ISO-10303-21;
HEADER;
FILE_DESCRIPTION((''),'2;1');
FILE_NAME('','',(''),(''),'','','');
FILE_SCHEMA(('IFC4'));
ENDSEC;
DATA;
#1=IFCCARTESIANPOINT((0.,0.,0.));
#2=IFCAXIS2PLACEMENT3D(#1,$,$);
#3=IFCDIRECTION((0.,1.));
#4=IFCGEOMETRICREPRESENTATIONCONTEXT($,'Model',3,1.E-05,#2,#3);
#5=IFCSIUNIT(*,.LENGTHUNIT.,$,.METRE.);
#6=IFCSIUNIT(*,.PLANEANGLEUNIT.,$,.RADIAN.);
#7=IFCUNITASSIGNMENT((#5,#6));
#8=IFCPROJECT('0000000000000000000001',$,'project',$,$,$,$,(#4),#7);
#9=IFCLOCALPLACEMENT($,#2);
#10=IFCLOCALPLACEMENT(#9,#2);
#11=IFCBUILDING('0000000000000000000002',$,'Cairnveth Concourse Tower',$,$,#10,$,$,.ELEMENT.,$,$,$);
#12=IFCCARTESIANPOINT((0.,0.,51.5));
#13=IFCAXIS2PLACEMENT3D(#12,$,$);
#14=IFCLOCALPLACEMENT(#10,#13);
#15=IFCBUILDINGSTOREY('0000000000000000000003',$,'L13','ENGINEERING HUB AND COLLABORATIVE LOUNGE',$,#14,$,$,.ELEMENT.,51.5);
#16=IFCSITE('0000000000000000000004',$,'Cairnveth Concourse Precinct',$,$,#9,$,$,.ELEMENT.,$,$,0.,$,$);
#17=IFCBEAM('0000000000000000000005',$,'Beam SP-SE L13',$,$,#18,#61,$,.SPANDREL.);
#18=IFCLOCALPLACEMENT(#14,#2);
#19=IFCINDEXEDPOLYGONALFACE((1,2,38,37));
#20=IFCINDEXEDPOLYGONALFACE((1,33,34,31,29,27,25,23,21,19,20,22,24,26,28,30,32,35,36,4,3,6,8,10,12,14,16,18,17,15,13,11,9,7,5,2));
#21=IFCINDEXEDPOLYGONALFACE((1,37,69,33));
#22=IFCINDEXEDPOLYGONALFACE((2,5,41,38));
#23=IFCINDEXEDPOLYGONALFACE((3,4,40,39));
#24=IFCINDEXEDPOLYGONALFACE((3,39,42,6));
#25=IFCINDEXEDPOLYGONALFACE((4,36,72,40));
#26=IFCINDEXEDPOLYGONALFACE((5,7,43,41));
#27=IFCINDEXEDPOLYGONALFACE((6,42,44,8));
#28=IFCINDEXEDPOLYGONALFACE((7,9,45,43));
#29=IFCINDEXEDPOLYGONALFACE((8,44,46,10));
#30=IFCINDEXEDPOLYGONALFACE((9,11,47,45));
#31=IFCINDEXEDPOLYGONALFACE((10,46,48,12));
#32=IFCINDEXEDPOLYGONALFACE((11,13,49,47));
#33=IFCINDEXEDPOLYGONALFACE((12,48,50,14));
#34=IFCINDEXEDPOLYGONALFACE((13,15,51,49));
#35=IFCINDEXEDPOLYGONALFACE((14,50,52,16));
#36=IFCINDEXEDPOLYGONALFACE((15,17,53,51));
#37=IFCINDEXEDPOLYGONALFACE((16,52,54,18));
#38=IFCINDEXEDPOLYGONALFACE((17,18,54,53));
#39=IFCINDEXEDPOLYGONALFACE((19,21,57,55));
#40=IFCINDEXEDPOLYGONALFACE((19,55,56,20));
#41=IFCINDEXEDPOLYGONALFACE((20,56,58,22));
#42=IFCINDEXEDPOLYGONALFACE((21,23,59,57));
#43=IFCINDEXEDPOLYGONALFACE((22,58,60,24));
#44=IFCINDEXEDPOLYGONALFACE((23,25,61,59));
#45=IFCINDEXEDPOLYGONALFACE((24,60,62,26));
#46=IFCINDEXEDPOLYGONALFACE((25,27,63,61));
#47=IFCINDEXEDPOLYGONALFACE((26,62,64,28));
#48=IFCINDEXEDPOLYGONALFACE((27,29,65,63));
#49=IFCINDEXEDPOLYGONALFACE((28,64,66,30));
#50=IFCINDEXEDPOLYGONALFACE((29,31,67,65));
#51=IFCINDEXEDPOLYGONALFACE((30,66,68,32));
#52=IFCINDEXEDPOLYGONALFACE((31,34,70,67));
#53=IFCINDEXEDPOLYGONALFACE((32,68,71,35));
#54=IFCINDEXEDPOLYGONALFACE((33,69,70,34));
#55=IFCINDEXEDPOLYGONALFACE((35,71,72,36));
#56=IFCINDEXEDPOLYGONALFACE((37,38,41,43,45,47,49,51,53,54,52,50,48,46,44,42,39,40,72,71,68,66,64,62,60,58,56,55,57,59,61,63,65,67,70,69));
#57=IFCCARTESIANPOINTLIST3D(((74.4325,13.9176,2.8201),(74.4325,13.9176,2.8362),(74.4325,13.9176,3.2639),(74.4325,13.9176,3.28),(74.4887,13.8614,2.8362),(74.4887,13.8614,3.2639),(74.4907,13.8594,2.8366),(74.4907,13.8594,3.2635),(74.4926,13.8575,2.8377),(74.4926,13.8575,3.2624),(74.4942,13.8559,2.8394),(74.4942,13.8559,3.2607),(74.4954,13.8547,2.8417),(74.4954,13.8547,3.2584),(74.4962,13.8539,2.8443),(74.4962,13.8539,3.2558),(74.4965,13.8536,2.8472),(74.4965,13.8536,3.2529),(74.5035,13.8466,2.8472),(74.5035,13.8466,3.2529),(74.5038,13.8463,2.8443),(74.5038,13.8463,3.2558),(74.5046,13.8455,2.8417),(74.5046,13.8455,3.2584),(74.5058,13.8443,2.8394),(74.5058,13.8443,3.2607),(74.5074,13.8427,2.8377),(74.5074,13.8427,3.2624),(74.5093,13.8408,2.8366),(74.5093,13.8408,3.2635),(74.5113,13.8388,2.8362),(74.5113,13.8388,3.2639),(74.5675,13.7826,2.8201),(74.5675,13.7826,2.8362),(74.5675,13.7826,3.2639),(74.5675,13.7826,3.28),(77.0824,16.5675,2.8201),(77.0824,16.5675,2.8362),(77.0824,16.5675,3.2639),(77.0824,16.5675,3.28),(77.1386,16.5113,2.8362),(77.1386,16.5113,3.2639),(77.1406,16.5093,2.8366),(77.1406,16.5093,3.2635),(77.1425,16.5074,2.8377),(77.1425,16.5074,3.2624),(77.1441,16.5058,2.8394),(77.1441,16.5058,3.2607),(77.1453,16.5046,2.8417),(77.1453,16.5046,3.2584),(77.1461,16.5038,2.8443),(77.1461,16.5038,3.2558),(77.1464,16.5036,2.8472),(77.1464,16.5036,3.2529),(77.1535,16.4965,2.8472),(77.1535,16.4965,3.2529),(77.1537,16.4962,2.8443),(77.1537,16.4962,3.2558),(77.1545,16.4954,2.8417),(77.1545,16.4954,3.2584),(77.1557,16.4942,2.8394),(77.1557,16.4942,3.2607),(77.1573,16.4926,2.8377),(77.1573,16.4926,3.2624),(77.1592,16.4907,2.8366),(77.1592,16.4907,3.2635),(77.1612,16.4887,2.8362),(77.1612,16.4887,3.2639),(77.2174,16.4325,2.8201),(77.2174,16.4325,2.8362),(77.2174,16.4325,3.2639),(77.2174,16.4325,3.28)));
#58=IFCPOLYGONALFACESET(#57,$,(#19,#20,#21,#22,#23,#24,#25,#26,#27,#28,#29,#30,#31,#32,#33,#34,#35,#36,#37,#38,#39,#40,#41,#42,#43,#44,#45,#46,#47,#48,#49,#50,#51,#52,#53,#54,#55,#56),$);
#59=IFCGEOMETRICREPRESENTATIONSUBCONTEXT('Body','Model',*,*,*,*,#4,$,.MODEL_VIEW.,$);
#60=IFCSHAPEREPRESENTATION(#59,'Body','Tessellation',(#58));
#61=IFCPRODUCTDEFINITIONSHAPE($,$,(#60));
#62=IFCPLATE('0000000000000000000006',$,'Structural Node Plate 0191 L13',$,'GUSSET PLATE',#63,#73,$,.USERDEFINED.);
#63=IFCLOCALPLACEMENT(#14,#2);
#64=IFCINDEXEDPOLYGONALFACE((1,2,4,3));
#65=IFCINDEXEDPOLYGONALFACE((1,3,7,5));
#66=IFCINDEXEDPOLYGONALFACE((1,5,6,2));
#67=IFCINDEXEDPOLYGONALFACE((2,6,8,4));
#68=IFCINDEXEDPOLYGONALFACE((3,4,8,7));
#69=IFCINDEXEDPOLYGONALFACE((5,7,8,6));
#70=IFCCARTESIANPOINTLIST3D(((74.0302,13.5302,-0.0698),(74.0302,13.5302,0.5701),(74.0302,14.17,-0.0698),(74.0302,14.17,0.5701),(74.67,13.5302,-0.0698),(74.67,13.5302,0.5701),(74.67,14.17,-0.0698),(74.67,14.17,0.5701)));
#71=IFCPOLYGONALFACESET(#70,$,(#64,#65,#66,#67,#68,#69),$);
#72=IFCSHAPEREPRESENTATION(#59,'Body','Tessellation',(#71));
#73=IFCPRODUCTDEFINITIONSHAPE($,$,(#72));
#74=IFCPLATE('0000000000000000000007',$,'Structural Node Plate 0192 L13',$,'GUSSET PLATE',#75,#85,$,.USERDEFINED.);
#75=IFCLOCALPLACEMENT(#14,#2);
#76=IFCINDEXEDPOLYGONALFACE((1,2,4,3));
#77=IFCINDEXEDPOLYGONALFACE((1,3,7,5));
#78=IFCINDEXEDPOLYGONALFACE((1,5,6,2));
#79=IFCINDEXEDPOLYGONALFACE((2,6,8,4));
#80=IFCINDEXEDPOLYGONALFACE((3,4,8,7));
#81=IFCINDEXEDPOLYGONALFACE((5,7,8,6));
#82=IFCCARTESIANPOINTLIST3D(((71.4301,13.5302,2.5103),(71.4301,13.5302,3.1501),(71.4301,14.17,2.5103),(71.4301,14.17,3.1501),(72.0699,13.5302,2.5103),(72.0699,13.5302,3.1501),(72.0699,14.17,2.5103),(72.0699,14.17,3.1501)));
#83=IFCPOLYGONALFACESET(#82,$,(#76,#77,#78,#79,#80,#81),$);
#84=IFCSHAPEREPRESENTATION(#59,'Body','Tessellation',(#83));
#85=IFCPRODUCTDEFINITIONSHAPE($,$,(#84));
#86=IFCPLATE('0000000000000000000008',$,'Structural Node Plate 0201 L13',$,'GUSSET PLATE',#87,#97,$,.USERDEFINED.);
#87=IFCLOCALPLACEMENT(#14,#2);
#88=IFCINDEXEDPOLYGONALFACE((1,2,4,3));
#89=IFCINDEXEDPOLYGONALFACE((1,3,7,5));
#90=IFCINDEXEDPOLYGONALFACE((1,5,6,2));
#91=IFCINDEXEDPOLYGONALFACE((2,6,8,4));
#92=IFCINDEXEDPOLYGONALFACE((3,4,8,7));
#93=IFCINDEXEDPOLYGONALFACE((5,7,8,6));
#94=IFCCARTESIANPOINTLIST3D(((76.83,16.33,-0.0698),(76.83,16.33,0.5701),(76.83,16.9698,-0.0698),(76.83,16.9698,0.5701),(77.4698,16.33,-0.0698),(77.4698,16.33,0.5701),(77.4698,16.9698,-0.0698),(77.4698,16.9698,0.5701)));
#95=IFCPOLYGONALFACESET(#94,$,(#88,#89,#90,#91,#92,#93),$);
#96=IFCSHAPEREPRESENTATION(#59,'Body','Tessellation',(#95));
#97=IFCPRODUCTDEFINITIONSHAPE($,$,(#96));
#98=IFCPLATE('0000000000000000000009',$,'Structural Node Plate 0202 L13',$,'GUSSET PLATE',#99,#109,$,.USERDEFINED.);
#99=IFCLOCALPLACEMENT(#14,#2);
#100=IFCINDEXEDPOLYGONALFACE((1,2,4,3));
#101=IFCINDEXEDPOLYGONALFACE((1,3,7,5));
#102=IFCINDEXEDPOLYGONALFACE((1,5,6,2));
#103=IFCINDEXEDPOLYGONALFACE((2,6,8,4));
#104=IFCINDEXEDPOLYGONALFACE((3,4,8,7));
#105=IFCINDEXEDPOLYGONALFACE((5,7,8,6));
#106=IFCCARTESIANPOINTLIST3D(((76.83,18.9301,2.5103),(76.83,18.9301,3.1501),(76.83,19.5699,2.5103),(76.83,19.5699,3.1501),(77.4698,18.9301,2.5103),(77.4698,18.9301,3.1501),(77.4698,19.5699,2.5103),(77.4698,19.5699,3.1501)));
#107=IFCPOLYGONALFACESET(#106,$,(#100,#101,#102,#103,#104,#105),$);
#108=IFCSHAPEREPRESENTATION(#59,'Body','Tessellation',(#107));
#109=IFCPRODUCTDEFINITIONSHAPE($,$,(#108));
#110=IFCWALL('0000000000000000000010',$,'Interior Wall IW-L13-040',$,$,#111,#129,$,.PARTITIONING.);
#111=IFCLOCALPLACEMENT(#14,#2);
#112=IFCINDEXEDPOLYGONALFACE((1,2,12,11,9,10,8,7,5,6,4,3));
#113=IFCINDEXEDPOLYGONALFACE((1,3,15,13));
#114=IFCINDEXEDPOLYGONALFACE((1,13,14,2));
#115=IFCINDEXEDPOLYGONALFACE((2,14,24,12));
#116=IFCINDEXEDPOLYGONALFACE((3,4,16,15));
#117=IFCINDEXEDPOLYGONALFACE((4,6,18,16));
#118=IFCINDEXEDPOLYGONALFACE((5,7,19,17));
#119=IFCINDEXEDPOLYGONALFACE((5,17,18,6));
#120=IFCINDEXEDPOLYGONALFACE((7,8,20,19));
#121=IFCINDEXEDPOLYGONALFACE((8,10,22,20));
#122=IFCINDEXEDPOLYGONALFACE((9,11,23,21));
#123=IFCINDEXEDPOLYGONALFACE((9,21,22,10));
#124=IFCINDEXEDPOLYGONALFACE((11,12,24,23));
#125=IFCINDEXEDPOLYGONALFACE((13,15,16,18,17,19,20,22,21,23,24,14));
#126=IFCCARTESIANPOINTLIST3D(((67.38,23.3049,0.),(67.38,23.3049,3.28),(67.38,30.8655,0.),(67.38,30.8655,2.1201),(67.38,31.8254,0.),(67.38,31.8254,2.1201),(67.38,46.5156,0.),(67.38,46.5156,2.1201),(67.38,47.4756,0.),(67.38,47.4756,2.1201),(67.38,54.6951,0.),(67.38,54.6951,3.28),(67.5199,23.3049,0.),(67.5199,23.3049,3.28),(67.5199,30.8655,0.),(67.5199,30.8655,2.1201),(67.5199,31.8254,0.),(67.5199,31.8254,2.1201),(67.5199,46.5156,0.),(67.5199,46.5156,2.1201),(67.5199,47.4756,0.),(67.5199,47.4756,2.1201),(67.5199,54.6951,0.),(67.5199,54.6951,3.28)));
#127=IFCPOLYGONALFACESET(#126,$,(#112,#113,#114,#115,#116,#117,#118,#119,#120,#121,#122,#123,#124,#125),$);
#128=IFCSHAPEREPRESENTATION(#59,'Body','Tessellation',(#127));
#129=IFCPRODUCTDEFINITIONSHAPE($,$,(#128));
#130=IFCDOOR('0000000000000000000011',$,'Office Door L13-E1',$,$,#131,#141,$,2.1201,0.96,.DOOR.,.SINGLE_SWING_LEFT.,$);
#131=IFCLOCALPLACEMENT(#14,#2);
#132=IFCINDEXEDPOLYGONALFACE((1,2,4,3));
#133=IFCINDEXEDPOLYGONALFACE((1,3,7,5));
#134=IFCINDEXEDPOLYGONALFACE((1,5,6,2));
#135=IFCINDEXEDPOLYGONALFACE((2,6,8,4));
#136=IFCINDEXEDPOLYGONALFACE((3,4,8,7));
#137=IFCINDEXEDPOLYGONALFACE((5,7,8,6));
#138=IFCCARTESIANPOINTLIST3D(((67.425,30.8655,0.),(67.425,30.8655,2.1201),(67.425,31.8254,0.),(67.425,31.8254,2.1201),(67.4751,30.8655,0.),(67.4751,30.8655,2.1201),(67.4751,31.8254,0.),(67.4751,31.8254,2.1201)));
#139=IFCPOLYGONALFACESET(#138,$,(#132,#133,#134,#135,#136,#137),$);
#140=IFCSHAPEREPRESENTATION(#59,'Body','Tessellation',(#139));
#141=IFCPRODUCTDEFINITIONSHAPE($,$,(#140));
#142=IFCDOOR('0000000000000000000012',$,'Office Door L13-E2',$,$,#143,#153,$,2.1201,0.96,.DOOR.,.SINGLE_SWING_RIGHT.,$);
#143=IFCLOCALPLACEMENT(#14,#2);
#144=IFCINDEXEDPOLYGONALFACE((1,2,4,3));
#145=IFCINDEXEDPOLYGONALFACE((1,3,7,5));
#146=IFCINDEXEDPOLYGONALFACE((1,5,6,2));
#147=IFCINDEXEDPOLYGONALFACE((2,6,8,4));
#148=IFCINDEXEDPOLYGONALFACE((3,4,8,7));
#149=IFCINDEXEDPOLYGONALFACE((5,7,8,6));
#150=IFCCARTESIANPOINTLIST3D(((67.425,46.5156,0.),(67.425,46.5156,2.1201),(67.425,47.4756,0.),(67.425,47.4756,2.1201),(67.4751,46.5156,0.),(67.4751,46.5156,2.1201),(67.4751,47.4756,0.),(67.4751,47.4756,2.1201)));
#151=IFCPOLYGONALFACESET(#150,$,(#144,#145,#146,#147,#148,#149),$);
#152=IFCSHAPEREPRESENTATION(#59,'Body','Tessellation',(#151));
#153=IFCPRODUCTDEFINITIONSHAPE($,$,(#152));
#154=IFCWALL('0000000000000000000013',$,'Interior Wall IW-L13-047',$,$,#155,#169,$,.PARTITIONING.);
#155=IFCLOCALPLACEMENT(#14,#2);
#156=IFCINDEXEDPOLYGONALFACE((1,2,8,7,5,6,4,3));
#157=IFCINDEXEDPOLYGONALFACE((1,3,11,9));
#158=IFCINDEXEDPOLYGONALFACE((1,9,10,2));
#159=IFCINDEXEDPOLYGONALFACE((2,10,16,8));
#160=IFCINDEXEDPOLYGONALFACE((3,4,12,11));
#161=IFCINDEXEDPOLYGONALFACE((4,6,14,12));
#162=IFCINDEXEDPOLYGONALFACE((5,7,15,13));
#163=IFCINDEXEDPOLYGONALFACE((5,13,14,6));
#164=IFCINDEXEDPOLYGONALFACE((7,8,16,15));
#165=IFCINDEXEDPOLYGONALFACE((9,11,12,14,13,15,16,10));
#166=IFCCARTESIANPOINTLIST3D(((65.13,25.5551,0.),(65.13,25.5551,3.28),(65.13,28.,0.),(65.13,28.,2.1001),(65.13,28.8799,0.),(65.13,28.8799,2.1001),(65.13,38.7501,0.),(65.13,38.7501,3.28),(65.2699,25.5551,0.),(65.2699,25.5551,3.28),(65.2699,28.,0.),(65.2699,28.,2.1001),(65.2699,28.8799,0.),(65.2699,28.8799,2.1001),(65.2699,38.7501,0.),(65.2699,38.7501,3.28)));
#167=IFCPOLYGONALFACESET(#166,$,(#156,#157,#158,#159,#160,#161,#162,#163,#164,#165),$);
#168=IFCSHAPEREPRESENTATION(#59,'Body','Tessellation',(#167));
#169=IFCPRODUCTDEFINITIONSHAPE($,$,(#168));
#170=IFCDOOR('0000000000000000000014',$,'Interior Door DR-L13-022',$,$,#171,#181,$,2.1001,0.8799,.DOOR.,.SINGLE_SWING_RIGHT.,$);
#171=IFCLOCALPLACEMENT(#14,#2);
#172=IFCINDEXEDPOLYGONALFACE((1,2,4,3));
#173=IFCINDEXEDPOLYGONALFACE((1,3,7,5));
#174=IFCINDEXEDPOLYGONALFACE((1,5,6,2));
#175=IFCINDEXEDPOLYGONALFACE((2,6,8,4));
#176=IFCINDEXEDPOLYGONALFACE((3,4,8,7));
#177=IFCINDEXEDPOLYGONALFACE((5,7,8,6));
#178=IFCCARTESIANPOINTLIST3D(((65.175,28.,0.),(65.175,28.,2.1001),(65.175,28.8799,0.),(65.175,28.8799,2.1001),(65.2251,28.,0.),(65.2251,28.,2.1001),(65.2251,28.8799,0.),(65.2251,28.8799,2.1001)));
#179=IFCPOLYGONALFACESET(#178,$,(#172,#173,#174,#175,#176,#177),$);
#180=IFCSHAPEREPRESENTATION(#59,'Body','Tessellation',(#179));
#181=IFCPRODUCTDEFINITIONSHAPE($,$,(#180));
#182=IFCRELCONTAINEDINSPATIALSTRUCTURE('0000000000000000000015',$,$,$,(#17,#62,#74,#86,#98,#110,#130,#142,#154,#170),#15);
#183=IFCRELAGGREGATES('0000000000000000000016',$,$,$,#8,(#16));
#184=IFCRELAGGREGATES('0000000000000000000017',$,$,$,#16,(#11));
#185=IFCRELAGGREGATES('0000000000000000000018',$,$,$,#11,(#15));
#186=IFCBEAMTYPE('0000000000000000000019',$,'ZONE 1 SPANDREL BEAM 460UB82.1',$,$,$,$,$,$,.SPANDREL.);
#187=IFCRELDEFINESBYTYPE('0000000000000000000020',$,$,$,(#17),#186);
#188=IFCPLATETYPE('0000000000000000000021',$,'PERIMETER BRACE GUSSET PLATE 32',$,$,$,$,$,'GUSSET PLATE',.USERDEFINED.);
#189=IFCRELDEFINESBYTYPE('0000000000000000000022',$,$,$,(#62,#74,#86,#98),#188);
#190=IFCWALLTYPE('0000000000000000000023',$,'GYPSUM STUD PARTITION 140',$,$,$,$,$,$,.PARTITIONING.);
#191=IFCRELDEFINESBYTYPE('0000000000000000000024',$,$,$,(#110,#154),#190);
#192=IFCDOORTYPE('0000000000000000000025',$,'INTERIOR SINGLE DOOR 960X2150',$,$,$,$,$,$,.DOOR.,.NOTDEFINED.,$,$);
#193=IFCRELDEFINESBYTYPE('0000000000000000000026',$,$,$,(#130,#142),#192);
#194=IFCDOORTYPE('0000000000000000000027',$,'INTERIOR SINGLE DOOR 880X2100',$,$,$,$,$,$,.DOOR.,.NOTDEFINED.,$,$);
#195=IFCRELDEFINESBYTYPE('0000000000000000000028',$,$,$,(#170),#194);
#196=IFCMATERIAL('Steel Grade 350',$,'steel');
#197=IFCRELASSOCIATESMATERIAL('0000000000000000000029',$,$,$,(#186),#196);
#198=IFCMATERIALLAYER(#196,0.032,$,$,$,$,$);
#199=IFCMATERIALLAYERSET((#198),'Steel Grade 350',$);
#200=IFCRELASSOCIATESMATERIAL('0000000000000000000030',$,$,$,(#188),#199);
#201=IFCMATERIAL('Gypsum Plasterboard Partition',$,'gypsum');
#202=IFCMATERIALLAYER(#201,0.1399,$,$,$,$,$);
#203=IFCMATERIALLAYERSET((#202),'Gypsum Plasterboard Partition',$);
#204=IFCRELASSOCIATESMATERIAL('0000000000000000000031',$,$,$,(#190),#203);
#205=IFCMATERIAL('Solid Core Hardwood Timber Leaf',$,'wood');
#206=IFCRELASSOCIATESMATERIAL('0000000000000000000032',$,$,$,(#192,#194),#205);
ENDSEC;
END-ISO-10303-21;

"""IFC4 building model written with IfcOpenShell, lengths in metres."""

from ifc_helpers import new_model, si_unit, direction, frame, frame_2d, origin, origin_2d, place, context, subcontext, project, spatial, rectangle, i_section, extrude, material, layer, layer_set, material_profile, profile_set, type_object, element, fill, save


model = new_model("IFC4")

# Units and contexts
model_context = context("Model", 3, precision=1e-05, world=origin(), true_north=direction((0.0, 1.0)))
body_context = subcontext(model_context, "Body", "Model", "MODEL_VIEW")
ifc_project = project(units=[si_unit("LENGTHUNIT", "METRE"), si_unit("PLANEANGLEUNIT", "RADIAN")], contexts=[model_context])

# Site, building, storey
site_placement = place(None, origin())
site = spatial("IfcSite", under=ifc_project, at=site_placement, Name="Cairnveth Concourse Precinct", CompositionType="ELEMENT", RefElevation=0.0)
building_placement = place(site_placement, origin())
building = spatial("IfcBuilding", under=site, at=building_placement, Name="Cairnveth Concourse Tower", CompositionType="ELEMENT")
storey_placement = place(building_placement, frame((0.0, 0.0, 51.5)))
storey = spatial("IfcBuildingStorey", under=building, at=storey_placement, Name="L13", Description="ENGINEERING HUB AND COLLABORATIVE LOUNGE", CompositionType="ELEMENT", Elevation=51.5)

# Shared definitions
ifc_material_1 = material(Name="Steel Grade 350", Category="steel")

# Beam
ifc_material_profile_1 = material_profile(ifc_material_1, i_section(OverallWidth=0.1909, OverallDepth=0.46, WebThickness=0.01, FlangeThickness=0.0161, FilletRadius=0.011, at=origin_2d()), Name="460UB82.1")
ifc_profile_set_1 = profile_set([ifc_material_profile_1], Name="Steel Grade 350")
beam_type_1 = type_object("IfcBeamType", Name="ZONE 1 SPANDREL BEAM 460UB82.1", PredefinedType="SPANDREL", material=ifc_profile_set_1)
beam_1_placement = place(storey_placement, frame((74.5, 13.8501, 3.05), z_axis=(0.707107, 0.707107, 0.0), x_axis=(-0.707107, 0.707107, 0.0)))
element("IfcBeam", 1, at=beam_1_placement, inside=storey, type_object=beam_type_1, Name="Beam SP-SE L13", PredefinedType="SPANDREL", context=body_context, shape_type="SweptSolid", body=[
    extrude(i_section(OverallWidth=0.1909, OverallDepth=0.46, WebThickness=0.01, FlangeThickness=0.0161, FilletRadius=0.011, at=origin_2d()), origin(), (0.0, 0.0, 1.0), 3.7476),
])

# Plates
ifc_layer_1 = layer(ifc_material_1, 0.032)
ifc_layer_set_1 = layer_set([ifc_layer_1], Name="Steel Grade 350")
plate_type = type_object("IfcPlateType", Name="PERIMETER BRACE GUSSET PLATE 32", ElementType="GUSSET PLATE", PredefinedType="USERDEFINED", material=ifc_layer_set_1)
for number, where, z_axis, x_axis, name in (
    (2, (74.3501, 13.8501, -0.0698), (0.0, 0.0, 1.0), (1.0, 0.0, 0.0), "Structural Node Plate 0191 L13"),
    (3, (71.75, 13.8501, 2.5103), (0.0, 0.0, 1.0), (1.0, 0.0, 0.0), "Structural Node Plate 0192 L13"),
    (4, (77.1499, 16.6499, -0.0698), (0.0, 0.0, 1.0), (1.0, 0.0, 0.0), "Structural Node Plate 0201 L13"),
    (5, (77.1499, 19.25, 2.5103), (0.0, 0.0, 1.0), (1.0, 0.0, 0.0), "Structural Node Plate 0202 L13"),
):
    element("IfcPlate", number, at=place(storey_placement, frame(where, z_axis=z_axis, x_axis=x_axis)), inside=storey, type_object=plate_type, Name=name, ObjectType="GUSSET PLATE", PredefinedType="USERDEFINED", context=body_context, shape_type="SweptSolid", body=[
        extrude(rectangle(XDim=0.6399, YDim=0.6399, at=origin_2d()), origin(), (0.0, 0.0, 1.0), 0.6399),
    ])

# Wall, openings, doors
ifc_material_2 = material(Name="Gypsum Plasterboard Partition", Category="gypsum")
ifc_layer_2 = layer(ifc_material_2, 0.1399)
ifc_layer_set_2 = layer_set([ifc_layer_2], Name="Gypsum Plasterboard Partition")
wall_type_1 = type_object("IfcWallType", Name="GYPSUM STUD PARTITION 140", PredefinedType="PARTITIONING", material=ifc_layer_set_2)
wall_1_placement = place(storey_placement, frame((67.45, 23.3049, 0.0), z_axis=(0.0, 0.0, 1.0), x_axis=(0.0, 1.0, 0.0)))
wall_1 = element("IfcWall", 6, at=wall_1_placement, inside=storey, type_object=wall_type_1, Name="Interior Wall IW-L13-040", PredefinedType="PARTITIONING", context=body_context, shape_type="SweptSolid", body=[
    extrude(rectangle(XDim=31.3901, YDim=0.1399, at=frame_2d((15.6951, 0.0))), origin(), (0.0, 0.0, 1.0), 3.28),
])
opening_1_placement = place(wall_1_placement, frame((7.5605, 0.0, 0.0)))
opening_1 = element("IfcOpeningElement", 7, at=opening_1_placement, cuts=wall_1, PredefinedType="OPENING", context=body_context, shape_type="SweptSolid", body=[
    extrude(rectangle(XDim=0.96, YDim=2.1201, at=frame_2d((0.48, 1.0601))), frame((0.0, 0.0798, 0.0), z_axis=(0.0, -1.0, 0.0), x_axis=(1.0, 0.0, 0.0)), (0.0, 0.0, 1.0), 0.1599),
])
opening_2_placement = place(wall_1_placement, frame((23.2107, 0.0, 0.0)))
opening_2 = element("IfcOpeningElement", 8, at=opening_2_placement, cuts=wall_1, PredefinedType="OPENING", context=body_context, shape_type="SweptSolid", body=[
    extrude(rectangle(XDim=0.96, YDim=2.1201, at=frame_2d((0.48, 1.0601))), frame((0.0, 0.0798, 0.0), z_axis=(0.0, -1.0, 0.0), x_axis=(1.0, 0.0, 0.0)), (0.0, 0.0, 1.0), 0.1599),
])
ifc_material_3 = material(Name="Solid Core Hardwood Timber Leaf", Category="wood")
door_type_1 = type_object("IfcDoorType", Name="INTERIOR SINGLE DOOR 960X2150", OperationType="NOTDEFINED", PredefinedType="DOOR", material=ifc_material_3)
door_1_placement = place(opening_1_placement, origin())
door_1 = element("IfcDoor", 9, at=door_1_placement, inside=storey, type_object=door_type_1, Name="Office Door L13-E1", OperationType="SINGLE_SWING_LEFT", OverallHeight=2.1201, OverallWidth=0.96, PredefinedType="DOOR", context=body_context, shape_type="SweptSolid", body=[
    extrude(rectangle(XDim=0.96, YDim=2.1201, at=frame_2d((0.48, 1.0601))), frame((0.0, 0.0249, 0.0), z_axis=(0.0, -1.0, 0.0), x_axis=(1.0, 0.0, 0.0)), (0.0, 0.0, 1.0), 0.05),
])
fill(opening_1, door_1)
door_2_placement = place(opening_2_placement, origin())
door_2 = element("IfcDoor", 10, at=door_2_placement, inside=storey, type_object=door_type_1, Name="Office Door L13-E2", OperationType="SINGLE_SWING_RIGHT", OverallHeight=2.1201, OverallWidth=0.96, PredefinedType="DOOR", context=body_context, shape_type="SweptSolid", body=[
    extrude(rectangle(XDim=0.96, YDim=2.1201, at=frame_2d((0.48, 1.0601))), frame((0.0, 0.0249, 0.0), z_axis=(0.0, -1.0, 0.0), x_axis=(1.0, 0.0, 0.0)), (0.0, 0.0, 1.0), 0.05),
])
fill(opening_2, door_2)

# Wall, opening, door
wall_2_placement = place(storey_placement, frame((65.2, 25.5549, 0.0), z_axis=(0.0, 0.0, 1.0), x_axis=(0.0, 1.0, 0.0)))
wall_2 = element("IfcWall", 11, at=wall_2_placement, inside=storey, type_object=wall_type_1, Name="Interior Wall IW-L13-047", PredefinedType="PARTITIONING", context=body_context, shape_type="SweptSolid", body=[
    extrude(rectangle(XDim=13.1951, YDim=0.1399, at=frame_2d((6.5977, 0.0))), origin(), (0.0, 0.0, 1.0), 3.28),
])
opening_3_placement = place(wall_2_placement, frame((2.4451, 0.0, 0.0)))
opening_3 = element("IfcOpeningElement", 12, at=opening_3_placement, cuts=wall_2, PredefinedType="OPENING", context=body_context, shape_type="SweptSolid", body=[
    extrude(rectangle(XDim=0.8799, YDim=2.1001, at=frame_2d((0.4399, 1.05))), frame((0.0, 0.0798, 0.0), z_axis=(0.0, -1.0, 0.0), x_axis=(1.0, 0.0, 0.0)), (0.0, 0.0, 1.0), 0.1599),
])
door_type_2 = type_object("IfcDoorType", Name="INTERIOR SINGLE DOOR 880X2100", OperationType="NOTDEFINED", PredefinedType="DOOR", material=ifc_material_3)
door_3_placement = place(opening_3_placement, origin())
door_3 = element("IfcDoor", 13, at=door_3_placement, inside=storey, type_object=door_type_2, Name="Interior Door DR-L13-022", OperationType="SINGLE_SWING_RIGHT", OverallHeight=2.1001, OverallWidth=0.8799, PredefinedType="DOOR", context=body_context, shape_type="SweptSolid", body=[
    extrude(rectangle(XDim=0.8799, YDim=2.1001, at=frame_2d((0.4399, 1.05))), frame((0.0, 0.0249, 0.0), z_axis=(0.0, -1.0, 0.0), x_axis=(1.0, 0.0, 0.0)), (0.0, 0.0, 1.0), 0.05),
])
fill(opening_3, door_3)

save(model, "model.ifc")
